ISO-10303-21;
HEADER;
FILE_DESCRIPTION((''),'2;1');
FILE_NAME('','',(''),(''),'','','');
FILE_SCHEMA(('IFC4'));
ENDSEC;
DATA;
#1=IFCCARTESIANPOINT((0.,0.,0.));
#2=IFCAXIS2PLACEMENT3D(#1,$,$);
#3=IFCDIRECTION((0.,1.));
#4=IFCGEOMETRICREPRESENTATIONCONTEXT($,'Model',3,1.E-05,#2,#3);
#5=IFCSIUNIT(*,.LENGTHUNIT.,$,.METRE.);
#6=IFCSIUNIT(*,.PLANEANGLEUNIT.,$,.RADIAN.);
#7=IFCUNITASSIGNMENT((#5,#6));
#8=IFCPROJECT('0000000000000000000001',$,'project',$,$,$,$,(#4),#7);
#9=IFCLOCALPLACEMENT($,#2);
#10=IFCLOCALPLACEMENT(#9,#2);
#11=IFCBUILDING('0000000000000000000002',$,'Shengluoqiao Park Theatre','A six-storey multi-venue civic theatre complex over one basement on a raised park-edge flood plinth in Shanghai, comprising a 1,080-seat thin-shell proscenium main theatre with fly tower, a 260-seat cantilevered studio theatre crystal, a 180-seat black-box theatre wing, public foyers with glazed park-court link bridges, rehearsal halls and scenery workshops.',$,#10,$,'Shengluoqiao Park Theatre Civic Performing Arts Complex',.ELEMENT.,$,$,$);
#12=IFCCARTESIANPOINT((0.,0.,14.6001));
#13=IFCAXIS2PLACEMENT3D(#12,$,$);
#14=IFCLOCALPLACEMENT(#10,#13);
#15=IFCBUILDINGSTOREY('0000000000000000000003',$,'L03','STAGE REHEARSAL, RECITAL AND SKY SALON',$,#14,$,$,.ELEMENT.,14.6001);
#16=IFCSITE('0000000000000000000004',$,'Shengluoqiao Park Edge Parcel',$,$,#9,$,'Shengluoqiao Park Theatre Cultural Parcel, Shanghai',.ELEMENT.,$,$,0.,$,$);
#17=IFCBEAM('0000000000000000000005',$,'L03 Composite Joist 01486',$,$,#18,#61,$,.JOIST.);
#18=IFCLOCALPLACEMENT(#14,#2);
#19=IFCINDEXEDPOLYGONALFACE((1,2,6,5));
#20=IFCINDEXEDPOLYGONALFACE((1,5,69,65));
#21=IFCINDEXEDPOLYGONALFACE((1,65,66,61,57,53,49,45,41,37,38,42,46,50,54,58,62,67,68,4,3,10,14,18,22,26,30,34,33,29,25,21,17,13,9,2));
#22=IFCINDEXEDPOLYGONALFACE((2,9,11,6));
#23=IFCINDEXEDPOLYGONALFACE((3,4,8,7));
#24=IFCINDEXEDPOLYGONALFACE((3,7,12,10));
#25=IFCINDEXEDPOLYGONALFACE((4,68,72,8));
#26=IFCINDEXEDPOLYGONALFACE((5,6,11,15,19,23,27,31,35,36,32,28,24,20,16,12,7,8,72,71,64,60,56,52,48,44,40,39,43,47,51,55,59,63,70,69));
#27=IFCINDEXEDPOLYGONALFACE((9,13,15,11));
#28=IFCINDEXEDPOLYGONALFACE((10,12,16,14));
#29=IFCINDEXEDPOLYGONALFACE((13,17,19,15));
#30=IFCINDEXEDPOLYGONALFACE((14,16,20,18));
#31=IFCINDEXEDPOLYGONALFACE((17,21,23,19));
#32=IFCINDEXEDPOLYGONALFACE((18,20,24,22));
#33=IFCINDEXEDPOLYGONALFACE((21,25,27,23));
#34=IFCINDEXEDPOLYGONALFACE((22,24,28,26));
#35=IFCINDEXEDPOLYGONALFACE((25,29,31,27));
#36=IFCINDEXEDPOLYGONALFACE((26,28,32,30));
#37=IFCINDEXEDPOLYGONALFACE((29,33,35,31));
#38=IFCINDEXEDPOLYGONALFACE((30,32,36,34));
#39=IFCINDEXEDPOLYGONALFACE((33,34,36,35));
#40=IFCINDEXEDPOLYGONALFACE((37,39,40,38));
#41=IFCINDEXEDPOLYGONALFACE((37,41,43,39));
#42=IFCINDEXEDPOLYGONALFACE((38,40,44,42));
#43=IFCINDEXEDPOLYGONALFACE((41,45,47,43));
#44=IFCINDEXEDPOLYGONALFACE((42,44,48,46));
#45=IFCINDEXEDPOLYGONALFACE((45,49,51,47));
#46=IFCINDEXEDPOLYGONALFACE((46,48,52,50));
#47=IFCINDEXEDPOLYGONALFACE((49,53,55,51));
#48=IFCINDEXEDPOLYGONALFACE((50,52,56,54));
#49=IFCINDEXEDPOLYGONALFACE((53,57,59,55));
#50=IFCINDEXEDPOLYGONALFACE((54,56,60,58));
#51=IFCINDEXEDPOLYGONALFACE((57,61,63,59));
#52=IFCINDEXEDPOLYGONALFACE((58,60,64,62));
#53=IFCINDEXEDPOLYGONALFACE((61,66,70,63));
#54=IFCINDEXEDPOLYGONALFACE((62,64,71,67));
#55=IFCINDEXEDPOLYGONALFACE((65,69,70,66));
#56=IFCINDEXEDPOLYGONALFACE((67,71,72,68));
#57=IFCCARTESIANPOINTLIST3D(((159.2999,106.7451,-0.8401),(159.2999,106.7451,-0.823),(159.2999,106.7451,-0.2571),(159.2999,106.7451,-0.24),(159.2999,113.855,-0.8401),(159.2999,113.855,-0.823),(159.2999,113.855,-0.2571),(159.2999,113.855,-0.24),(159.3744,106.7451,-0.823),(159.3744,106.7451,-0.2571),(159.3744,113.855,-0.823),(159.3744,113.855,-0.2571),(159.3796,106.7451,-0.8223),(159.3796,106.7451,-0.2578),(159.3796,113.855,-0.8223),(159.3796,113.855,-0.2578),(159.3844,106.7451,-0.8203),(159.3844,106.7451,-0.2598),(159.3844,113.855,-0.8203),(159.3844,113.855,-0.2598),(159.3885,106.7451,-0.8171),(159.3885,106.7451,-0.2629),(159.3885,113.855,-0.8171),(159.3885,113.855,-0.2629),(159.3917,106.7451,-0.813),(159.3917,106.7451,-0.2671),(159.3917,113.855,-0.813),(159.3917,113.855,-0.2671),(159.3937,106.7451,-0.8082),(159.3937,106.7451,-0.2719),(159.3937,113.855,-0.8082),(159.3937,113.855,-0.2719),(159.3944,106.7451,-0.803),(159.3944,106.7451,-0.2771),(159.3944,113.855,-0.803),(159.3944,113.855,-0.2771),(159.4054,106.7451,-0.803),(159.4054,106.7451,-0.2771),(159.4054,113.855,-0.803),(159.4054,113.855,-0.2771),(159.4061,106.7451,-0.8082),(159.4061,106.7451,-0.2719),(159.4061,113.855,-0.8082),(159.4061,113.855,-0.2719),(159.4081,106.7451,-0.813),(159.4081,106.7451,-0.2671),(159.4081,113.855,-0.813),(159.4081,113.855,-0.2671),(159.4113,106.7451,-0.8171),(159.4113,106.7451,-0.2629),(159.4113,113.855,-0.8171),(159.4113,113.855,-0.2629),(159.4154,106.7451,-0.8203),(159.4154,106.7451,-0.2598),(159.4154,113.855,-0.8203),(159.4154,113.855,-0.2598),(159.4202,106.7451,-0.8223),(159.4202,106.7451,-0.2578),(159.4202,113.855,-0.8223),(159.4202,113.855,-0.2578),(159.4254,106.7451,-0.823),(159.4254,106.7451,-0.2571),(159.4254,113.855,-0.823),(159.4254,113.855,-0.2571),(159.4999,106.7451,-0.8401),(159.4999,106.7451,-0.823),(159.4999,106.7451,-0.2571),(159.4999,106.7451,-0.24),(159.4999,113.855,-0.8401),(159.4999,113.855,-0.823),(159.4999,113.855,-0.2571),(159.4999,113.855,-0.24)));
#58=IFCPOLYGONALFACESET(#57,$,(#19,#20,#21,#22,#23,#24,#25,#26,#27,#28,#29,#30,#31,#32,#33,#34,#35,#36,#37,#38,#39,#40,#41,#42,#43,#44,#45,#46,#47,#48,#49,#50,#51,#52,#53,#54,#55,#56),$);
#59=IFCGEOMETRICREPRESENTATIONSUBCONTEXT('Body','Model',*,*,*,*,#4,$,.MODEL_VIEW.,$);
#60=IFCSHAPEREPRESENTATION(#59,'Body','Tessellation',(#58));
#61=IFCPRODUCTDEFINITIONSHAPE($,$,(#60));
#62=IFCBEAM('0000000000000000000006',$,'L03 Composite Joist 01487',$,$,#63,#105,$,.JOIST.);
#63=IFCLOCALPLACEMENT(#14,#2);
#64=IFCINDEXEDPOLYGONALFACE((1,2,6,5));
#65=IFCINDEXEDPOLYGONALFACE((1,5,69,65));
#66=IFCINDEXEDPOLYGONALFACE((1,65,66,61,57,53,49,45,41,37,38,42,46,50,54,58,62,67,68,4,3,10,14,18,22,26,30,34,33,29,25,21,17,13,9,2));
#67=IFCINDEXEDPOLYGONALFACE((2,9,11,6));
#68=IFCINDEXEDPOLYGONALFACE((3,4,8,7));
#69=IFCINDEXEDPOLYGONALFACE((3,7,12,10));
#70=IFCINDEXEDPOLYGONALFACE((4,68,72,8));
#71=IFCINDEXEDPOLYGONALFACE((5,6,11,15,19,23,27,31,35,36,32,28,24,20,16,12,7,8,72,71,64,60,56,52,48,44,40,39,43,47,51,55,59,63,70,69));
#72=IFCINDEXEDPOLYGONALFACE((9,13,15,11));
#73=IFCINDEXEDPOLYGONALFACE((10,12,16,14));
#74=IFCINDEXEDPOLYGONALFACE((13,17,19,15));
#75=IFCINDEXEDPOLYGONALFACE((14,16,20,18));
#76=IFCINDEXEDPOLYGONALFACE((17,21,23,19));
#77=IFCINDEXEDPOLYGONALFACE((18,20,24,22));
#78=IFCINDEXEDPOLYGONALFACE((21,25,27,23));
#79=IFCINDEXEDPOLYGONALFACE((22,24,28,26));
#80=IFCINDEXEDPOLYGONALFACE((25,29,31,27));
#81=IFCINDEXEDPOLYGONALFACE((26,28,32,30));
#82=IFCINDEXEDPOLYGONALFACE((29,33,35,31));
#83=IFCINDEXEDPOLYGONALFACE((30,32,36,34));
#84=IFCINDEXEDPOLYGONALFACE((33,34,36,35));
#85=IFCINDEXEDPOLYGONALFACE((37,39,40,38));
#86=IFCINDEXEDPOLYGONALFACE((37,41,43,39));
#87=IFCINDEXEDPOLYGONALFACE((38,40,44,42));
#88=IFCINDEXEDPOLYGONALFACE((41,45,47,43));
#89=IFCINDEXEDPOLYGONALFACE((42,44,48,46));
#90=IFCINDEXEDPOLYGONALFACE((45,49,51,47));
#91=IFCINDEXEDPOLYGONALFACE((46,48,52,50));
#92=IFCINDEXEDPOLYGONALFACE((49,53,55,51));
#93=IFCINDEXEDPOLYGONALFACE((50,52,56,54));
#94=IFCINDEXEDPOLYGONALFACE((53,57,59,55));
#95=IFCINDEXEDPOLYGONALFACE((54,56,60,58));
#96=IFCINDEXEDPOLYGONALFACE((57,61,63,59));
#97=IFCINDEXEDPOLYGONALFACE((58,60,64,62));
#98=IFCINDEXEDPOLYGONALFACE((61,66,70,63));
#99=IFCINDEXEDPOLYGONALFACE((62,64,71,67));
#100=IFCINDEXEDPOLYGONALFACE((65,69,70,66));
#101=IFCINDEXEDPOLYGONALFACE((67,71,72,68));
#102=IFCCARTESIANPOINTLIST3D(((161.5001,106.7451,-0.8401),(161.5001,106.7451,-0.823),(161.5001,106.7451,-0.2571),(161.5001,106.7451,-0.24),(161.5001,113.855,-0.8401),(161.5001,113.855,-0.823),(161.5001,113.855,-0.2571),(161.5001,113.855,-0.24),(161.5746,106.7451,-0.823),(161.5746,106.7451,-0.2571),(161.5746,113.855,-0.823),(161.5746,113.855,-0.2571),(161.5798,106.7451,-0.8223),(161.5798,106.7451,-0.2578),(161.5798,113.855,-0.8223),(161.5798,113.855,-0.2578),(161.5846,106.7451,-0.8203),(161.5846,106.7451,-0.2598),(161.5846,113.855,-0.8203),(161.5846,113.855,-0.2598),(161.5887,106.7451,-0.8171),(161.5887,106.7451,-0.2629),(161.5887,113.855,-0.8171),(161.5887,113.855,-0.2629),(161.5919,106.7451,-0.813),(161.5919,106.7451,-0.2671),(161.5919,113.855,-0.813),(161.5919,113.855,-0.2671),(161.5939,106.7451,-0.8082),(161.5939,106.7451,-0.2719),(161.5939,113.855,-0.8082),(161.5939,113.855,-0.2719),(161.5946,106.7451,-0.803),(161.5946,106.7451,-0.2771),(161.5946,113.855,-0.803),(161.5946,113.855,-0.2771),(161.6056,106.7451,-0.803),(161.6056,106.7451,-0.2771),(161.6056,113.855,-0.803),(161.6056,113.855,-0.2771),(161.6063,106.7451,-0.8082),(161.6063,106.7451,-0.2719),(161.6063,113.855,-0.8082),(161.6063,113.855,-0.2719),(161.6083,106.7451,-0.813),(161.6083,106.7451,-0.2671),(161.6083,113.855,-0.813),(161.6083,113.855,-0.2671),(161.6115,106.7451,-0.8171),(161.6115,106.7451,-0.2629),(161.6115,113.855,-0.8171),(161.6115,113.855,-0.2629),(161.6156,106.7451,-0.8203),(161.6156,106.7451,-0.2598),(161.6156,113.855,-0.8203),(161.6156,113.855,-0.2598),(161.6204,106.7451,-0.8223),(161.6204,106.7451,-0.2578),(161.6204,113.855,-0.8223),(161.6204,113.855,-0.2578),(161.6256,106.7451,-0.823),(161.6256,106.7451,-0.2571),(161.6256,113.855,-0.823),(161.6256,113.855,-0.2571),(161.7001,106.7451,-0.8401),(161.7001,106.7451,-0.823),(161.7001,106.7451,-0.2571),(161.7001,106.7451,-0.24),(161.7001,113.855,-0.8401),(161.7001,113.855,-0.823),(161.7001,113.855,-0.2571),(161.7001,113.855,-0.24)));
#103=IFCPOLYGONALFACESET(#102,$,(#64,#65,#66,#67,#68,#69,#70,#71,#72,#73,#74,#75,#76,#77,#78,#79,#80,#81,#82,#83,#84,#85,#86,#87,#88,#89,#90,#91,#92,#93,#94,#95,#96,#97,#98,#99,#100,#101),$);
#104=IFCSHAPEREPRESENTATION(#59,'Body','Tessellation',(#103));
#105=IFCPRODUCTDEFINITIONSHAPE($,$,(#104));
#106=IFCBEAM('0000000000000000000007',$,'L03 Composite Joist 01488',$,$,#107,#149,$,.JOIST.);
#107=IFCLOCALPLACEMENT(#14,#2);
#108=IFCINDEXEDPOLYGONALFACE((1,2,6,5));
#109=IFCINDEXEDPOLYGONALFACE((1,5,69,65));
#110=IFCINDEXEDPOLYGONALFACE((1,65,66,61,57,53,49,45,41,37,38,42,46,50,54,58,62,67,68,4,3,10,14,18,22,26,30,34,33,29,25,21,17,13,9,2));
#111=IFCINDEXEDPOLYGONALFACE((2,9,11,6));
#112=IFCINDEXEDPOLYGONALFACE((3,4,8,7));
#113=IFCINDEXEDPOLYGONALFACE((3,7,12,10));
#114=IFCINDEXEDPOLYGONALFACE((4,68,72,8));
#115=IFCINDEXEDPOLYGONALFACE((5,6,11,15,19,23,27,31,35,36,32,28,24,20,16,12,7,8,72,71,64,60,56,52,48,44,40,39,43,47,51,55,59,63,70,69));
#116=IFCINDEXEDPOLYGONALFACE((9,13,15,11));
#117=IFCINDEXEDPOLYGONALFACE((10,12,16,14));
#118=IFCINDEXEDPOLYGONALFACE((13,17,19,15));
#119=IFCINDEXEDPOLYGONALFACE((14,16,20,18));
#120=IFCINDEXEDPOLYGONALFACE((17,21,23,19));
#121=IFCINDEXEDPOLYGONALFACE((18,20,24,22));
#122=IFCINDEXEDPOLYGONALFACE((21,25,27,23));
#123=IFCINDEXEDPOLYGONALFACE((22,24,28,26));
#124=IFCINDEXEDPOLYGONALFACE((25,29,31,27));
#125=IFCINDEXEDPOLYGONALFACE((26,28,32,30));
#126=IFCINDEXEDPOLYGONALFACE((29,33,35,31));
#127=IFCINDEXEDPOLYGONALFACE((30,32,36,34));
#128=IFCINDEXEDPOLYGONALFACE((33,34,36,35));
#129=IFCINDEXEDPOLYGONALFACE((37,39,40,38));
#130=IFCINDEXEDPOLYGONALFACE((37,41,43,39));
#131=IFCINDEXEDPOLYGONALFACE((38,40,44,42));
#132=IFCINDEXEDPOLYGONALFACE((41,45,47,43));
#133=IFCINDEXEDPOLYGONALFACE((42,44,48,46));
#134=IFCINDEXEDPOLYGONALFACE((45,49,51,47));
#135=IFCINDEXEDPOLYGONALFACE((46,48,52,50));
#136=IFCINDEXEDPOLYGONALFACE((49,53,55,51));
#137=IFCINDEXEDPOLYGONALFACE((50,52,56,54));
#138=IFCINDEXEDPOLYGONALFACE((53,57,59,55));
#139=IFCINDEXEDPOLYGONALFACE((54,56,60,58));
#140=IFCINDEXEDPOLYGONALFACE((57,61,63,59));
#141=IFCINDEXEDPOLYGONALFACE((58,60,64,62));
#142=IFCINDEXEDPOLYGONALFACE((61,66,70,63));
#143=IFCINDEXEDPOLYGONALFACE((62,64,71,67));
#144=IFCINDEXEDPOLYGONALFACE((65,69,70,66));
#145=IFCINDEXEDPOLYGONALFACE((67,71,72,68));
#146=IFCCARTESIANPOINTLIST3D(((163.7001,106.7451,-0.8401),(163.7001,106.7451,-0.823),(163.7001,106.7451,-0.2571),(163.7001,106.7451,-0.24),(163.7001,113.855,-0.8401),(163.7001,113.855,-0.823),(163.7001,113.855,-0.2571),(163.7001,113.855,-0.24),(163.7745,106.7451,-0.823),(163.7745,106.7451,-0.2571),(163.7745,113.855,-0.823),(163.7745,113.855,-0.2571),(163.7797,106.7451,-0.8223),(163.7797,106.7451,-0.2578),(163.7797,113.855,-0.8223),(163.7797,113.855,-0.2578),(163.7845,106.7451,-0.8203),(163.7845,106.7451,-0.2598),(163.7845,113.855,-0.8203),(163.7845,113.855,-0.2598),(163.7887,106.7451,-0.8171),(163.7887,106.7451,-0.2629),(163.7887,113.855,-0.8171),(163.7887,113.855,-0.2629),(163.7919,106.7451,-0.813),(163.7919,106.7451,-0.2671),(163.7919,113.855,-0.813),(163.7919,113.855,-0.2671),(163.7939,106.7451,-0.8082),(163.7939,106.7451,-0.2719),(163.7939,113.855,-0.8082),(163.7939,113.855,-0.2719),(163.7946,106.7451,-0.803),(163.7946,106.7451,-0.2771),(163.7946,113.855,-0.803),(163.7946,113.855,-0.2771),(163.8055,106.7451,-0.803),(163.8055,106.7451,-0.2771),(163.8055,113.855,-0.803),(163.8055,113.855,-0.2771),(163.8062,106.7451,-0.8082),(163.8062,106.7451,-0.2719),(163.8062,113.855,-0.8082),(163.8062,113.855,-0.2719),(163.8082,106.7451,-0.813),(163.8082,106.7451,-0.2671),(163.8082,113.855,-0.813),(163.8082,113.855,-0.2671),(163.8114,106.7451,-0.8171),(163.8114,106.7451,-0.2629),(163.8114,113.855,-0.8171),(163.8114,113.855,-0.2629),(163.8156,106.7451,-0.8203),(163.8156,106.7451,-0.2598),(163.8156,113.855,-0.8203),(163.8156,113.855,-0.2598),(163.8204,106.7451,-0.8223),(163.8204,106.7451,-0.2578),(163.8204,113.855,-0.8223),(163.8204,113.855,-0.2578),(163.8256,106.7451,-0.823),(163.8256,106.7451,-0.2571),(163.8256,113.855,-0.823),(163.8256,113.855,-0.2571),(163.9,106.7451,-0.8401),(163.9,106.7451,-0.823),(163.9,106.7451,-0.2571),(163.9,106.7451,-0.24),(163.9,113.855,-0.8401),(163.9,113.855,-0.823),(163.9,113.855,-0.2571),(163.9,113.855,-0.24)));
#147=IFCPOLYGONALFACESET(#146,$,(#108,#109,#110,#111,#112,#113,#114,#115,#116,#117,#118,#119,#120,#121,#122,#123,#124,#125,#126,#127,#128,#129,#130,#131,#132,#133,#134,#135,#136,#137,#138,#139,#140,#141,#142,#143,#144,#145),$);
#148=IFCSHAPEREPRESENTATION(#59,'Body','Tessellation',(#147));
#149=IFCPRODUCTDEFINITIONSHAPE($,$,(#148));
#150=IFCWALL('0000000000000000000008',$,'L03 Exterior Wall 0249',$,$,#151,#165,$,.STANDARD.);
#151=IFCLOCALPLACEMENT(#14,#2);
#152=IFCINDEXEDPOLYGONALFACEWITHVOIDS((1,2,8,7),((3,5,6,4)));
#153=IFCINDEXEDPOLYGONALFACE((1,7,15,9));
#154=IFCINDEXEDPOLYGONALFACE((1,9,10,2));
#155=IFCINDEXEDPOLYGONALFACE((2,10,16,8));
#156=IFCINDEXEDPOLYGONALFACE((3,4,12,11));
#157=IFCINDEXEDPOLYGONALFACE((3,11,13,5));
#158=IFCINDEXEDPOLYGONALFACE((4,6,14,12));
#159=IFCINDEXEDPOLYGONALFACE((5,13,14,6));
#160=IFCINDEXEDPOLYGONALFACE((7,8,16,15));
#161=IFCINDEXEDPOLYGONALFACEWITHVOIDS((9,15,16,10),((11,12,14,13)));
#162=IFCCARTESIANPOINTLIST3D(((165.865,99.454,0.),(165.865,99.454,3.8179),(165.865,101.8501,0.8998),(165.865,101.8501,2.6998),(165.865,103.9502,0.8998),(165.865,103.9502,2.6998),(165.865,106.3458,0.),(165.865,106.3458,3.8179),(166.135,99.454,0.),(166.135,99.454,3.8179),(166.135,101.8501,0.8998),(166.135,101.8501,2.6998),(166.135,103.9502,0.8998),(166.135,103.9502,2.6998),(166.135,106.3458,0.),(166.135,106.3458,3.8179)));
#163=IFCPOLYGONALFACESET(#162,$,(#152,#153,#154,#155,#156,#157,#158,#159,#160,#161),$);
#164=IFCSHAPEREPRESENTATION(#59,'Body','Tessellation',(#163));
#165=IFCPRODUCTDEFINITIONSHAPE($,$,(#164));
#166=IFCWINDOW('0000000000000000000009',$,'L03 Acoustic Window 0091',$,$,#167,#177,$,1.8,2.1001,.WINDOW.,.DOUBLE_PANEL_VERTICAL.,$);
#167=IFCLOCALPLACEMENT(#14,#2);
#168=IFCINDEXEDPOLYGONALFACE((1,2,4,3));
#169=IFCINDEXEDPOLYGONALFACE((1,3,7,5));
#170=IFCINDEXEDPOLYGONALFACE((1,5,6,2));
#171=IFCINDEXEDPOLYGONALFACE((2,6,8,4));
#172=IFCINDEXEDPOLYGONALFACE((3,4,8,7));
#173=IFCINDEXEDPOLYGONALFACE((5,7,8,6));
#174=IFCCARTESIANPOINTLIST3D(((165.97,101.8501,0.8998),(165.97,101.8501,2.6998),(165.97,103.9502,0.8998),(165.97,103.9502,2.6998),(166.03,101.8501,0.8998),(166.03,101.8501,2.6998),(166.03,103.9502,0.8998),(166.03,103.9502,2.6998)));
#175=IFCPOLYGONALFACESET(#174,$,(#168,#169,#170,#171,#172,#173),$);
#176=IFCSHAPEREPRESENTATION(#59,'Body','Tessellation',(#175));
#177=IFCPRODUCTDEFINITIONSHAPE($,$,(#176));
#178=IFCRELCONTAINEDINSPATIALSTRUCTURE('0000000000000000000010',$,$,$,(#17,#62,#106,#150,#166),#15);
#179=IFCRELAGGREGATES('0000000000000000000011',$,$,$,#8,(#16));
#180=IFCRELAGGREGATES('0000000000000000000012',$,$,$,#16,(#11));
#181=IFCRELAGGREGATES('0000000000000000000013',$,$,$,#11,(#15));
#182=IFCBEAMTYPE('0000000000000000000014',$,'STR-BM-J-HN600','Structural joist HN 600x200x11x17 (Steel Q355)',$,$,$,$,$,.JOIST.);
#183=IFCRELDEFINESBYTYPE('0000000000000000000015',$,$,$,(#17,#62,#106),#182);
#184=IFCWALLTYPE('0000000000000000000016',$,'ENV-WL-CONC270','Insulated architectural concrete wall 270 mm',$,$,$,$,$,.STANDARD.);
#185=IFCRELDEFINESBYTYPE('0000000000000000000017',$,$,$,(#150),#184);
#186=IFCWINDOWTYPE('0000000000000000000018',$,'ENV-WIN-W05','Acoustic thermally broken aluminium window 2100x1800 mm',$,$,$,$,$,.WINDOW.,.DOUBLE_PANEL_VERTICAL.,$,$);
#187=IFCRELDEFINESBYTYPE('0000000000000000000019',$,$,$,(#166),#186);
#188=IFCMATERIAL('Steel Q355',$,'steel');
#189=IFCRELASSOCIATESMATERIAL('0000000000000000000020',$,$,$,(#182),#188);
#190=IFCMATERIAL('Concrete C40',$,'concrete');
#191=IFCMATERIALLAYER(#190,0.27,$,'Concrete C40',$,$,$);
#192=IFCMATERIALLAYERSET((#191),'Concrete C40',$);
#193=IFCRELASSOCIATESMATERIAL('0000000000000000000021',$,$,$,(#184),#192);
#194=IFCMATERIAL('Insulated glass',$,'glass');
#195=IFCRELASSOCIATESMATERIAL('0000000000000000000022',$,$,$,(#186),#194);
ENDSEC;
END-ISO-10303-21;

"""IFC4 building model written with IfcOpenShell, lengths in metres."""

from ifc_helpers import new_model, si_unit, direction, frame, frame_2d, origin, origin_2d, place, context, subcontext, project, spatial, rectangle, i_section, extrude, material, layer, layer_set, material_profile, profile_set, type_object, element, fill, save


model = new_model("IFC4")

# Units and contexts
model_context = context("Model", 3, precision=1e-05, world=origin(), true_north=direction((0.0, 1.0)))
body_context = subcontext(model_context, "Body", "Model", "MODEL_VIEW")
ifc_project = project(units=[si_unit("LENGTHUNIT", "METRE"), si_unit("PLANEANGLEUNIT", "RADIAN")], contexts=[model_context])

# Site, building, storey
site_placement = place(None, origin())
site = spatial("IfcSite", under=ifc_project, at=site_placement, Name="Shengluoqiao Park Edge Parcel", LongName="Shengluoqiao Park Theatre Cultural Parcel, Shanghai", CompositionType="ELEMENT", RefElevation=0.0)
building_placement = place(site_placement, origin())
building = spatial("IfcBuilding", under=site, at=building_placement, Name="Shengluoqiao Park Theatre", Description="A six-storey multi-venue civic theatre complex over one basement on a raised park-edge flood plinth in Shanghai, comprising a 1,080-seat thin-shell proscenium main theatre with fly tower, a 260-seat cantilevered studio theatre crystal, a 180-seat black-box theatre wing, public foyers with glazed park-court link bridges, rehearsal halls and scenery workshops.", LongName="Shengluoqiao Park Theatre Civic Performing Arts Complex", CompositionType="ELEMENT")
storey_placement = place(building_placement, frame((0.0, 0.0, 14.6001)))
storey = spatial("IfcBuildingStorey", under=building, at=storey_placement, Name="L03", Description="STAGE REHEARSAL, RECITAL AND SKY SALON", CompositionType="ELEMENT", Elevation=14.6001)

# Shared definitions
ifc_material_1 = material(Name="Concrete C40", Category="concrete")

# Beams
ifc_material_2 = material(Name="Steel Q355", Category="steel")
ifc_material_profile_1 = material_profile(ifc_material_2, i_section(OverallWidth=0.2, OverallDepth=0.6001, WebThickness=0.011, FlangeThickness=0.0171, FilletRadius=0.02, at=origin_2d()), Name="HN 600x200x11x17")
ifc_profile_set_1 = profile_set([ifc_material_profile_1], Name="Steel Q355")
beam_type_1 = type_object("IfcBeamType", Name="STR-BM-J-HN600", Description="Structural joist HN 600x200x11x17 (Steel Q355)", PredefinedType="JOIST", material=ifc_profile_set_1)
for number, where, z_axis, x_axis, name in (
    (1, (159.3999, 106.7451, -0.54), (0.0, 1.0, 0.0), (-1.0, 0.0, 0.0), "L03 Composite Joist 01486"),
    (2, (161.6001, 106.7451, -0.54), (0.0, 1.0, 0.0), (-1.0, 0.0, 0.0), "L03 Composite Joist 01487"),
    (3, (163.8, 106.7451, -0.54), (0.0, 1.0, 0.0), (-1.0, 0.0, 0.0), "L03 Composite Joist 01488"),
):
    element("IfcBeam", number, at=place(storey_placement, frame(where, z_axis=z_axis, x_axis=x_axis)), inside=storey, type_object=beam_type_1, Name=name, PredefinedType="JOIST", context=body_context, shape_type="SweptSolid", body=[
        extrude(i_section(OverallWidth=0.2, OverallDepth=0.6001, WebThickness=0.011, FlangeThickness=0.0171, FilletRadius=0.02, at=origin_2d()), origin(), (0.0, 0.0, 1.0), 7.1099),
    ])

# Wall, opening, window
ifc_layer_1 = layer(ifc_material_1, 0.27, Name="Concrete C40")
ifc_layer_set_1 = layer_set([ifc_layer_1], Name="Concrete C40")
wall_type_1 = type_object("IfcWallType", Name="ENV-WL-CONC270", Description="Insulated architectural concrete wall 270 mm", PredefinedType="STANDARD", material=ifc_layer_set_1)
wall_1_placement = place(storey_placement, frame((166.0, 99.4541, 0.0), z_axis=(0.0, 0.0, 1.0), x_axis=(0.0, 1.0, 0.0)))
wall_1 = element("IfcWall", 4, at=wall_1_placement, inside=storey, type_object=wall_type_1, Name="L03 Exterior Wall 0249", PredefinedType="STANDARD", context=body_context, shape_type="SweptSolid", body=[
    extrude(rectangle(XDim=6.8918, YDim=0.27, at=frame_2d((3.4458, 0.0))), origin(), (0.0, 0.0, 1.0), 3.8179),
])
opening_1_placement = place(wall_1_placement, frame((2.396, 0.0, 0.8999)))
opening_1 = element("IfcOpeningElement", 5, at=opening_1_placement, cuts=wall_1, PredefinedType="OPENING", context=body_context, shape_type="SweptSolid", body=[
    extrude(rectangle(XDim=2.1001, YDim=1.8, at=frame_2d((1.05, 0.8999))), frame((0.0, 0.145, 0.0), z_axis=(0.0, -1.0, 0.0), x_axis=(1.0, 0.0, 0.0)), (0.0, 0.0, 1.0), 0.29),
])
ifc_material_3 = material(Name="Insulated glass", Category="glass")
window_type_1 = type_object("IfcWindowType", Name="ENV-WIN-W05", Description="Acoustic thermally broken aluminium window 2100x1800 mm", PartitioningType="DOUBLE_PANEL_VERTICAL", PredefinedType="WINDOW", material=ifc_material_3)
window_1_placement = place(opening_1_placement, origin())
window_1 = element("IfcWindow", 6, at=window_1_placement, inside=storey, type_object=window_type_1, Name="L03 Acoustic Window 0091", OverallHeight=1.8, OverallWidth=2.1001, PartitioningType="DOUBLE_PANEL_VERTICAL", PredefinedType="WINDOW", context=body_context, shape_type="SweptSolid", body=[
    extrude(rectangle(XDim=2.1001, YDim=1.8, at=frame_2d((1.05, 0.8999))), frame((0.0, 0.03, 0.0), z_axis=(0.0, -1.0, 0.0), x_axis=(1.0, 0.0, 0.0)), (0.0, 0.0, 1.0), 0.0601),
])
fill(opening_1, window_1)

save(model, "model.ifc")
